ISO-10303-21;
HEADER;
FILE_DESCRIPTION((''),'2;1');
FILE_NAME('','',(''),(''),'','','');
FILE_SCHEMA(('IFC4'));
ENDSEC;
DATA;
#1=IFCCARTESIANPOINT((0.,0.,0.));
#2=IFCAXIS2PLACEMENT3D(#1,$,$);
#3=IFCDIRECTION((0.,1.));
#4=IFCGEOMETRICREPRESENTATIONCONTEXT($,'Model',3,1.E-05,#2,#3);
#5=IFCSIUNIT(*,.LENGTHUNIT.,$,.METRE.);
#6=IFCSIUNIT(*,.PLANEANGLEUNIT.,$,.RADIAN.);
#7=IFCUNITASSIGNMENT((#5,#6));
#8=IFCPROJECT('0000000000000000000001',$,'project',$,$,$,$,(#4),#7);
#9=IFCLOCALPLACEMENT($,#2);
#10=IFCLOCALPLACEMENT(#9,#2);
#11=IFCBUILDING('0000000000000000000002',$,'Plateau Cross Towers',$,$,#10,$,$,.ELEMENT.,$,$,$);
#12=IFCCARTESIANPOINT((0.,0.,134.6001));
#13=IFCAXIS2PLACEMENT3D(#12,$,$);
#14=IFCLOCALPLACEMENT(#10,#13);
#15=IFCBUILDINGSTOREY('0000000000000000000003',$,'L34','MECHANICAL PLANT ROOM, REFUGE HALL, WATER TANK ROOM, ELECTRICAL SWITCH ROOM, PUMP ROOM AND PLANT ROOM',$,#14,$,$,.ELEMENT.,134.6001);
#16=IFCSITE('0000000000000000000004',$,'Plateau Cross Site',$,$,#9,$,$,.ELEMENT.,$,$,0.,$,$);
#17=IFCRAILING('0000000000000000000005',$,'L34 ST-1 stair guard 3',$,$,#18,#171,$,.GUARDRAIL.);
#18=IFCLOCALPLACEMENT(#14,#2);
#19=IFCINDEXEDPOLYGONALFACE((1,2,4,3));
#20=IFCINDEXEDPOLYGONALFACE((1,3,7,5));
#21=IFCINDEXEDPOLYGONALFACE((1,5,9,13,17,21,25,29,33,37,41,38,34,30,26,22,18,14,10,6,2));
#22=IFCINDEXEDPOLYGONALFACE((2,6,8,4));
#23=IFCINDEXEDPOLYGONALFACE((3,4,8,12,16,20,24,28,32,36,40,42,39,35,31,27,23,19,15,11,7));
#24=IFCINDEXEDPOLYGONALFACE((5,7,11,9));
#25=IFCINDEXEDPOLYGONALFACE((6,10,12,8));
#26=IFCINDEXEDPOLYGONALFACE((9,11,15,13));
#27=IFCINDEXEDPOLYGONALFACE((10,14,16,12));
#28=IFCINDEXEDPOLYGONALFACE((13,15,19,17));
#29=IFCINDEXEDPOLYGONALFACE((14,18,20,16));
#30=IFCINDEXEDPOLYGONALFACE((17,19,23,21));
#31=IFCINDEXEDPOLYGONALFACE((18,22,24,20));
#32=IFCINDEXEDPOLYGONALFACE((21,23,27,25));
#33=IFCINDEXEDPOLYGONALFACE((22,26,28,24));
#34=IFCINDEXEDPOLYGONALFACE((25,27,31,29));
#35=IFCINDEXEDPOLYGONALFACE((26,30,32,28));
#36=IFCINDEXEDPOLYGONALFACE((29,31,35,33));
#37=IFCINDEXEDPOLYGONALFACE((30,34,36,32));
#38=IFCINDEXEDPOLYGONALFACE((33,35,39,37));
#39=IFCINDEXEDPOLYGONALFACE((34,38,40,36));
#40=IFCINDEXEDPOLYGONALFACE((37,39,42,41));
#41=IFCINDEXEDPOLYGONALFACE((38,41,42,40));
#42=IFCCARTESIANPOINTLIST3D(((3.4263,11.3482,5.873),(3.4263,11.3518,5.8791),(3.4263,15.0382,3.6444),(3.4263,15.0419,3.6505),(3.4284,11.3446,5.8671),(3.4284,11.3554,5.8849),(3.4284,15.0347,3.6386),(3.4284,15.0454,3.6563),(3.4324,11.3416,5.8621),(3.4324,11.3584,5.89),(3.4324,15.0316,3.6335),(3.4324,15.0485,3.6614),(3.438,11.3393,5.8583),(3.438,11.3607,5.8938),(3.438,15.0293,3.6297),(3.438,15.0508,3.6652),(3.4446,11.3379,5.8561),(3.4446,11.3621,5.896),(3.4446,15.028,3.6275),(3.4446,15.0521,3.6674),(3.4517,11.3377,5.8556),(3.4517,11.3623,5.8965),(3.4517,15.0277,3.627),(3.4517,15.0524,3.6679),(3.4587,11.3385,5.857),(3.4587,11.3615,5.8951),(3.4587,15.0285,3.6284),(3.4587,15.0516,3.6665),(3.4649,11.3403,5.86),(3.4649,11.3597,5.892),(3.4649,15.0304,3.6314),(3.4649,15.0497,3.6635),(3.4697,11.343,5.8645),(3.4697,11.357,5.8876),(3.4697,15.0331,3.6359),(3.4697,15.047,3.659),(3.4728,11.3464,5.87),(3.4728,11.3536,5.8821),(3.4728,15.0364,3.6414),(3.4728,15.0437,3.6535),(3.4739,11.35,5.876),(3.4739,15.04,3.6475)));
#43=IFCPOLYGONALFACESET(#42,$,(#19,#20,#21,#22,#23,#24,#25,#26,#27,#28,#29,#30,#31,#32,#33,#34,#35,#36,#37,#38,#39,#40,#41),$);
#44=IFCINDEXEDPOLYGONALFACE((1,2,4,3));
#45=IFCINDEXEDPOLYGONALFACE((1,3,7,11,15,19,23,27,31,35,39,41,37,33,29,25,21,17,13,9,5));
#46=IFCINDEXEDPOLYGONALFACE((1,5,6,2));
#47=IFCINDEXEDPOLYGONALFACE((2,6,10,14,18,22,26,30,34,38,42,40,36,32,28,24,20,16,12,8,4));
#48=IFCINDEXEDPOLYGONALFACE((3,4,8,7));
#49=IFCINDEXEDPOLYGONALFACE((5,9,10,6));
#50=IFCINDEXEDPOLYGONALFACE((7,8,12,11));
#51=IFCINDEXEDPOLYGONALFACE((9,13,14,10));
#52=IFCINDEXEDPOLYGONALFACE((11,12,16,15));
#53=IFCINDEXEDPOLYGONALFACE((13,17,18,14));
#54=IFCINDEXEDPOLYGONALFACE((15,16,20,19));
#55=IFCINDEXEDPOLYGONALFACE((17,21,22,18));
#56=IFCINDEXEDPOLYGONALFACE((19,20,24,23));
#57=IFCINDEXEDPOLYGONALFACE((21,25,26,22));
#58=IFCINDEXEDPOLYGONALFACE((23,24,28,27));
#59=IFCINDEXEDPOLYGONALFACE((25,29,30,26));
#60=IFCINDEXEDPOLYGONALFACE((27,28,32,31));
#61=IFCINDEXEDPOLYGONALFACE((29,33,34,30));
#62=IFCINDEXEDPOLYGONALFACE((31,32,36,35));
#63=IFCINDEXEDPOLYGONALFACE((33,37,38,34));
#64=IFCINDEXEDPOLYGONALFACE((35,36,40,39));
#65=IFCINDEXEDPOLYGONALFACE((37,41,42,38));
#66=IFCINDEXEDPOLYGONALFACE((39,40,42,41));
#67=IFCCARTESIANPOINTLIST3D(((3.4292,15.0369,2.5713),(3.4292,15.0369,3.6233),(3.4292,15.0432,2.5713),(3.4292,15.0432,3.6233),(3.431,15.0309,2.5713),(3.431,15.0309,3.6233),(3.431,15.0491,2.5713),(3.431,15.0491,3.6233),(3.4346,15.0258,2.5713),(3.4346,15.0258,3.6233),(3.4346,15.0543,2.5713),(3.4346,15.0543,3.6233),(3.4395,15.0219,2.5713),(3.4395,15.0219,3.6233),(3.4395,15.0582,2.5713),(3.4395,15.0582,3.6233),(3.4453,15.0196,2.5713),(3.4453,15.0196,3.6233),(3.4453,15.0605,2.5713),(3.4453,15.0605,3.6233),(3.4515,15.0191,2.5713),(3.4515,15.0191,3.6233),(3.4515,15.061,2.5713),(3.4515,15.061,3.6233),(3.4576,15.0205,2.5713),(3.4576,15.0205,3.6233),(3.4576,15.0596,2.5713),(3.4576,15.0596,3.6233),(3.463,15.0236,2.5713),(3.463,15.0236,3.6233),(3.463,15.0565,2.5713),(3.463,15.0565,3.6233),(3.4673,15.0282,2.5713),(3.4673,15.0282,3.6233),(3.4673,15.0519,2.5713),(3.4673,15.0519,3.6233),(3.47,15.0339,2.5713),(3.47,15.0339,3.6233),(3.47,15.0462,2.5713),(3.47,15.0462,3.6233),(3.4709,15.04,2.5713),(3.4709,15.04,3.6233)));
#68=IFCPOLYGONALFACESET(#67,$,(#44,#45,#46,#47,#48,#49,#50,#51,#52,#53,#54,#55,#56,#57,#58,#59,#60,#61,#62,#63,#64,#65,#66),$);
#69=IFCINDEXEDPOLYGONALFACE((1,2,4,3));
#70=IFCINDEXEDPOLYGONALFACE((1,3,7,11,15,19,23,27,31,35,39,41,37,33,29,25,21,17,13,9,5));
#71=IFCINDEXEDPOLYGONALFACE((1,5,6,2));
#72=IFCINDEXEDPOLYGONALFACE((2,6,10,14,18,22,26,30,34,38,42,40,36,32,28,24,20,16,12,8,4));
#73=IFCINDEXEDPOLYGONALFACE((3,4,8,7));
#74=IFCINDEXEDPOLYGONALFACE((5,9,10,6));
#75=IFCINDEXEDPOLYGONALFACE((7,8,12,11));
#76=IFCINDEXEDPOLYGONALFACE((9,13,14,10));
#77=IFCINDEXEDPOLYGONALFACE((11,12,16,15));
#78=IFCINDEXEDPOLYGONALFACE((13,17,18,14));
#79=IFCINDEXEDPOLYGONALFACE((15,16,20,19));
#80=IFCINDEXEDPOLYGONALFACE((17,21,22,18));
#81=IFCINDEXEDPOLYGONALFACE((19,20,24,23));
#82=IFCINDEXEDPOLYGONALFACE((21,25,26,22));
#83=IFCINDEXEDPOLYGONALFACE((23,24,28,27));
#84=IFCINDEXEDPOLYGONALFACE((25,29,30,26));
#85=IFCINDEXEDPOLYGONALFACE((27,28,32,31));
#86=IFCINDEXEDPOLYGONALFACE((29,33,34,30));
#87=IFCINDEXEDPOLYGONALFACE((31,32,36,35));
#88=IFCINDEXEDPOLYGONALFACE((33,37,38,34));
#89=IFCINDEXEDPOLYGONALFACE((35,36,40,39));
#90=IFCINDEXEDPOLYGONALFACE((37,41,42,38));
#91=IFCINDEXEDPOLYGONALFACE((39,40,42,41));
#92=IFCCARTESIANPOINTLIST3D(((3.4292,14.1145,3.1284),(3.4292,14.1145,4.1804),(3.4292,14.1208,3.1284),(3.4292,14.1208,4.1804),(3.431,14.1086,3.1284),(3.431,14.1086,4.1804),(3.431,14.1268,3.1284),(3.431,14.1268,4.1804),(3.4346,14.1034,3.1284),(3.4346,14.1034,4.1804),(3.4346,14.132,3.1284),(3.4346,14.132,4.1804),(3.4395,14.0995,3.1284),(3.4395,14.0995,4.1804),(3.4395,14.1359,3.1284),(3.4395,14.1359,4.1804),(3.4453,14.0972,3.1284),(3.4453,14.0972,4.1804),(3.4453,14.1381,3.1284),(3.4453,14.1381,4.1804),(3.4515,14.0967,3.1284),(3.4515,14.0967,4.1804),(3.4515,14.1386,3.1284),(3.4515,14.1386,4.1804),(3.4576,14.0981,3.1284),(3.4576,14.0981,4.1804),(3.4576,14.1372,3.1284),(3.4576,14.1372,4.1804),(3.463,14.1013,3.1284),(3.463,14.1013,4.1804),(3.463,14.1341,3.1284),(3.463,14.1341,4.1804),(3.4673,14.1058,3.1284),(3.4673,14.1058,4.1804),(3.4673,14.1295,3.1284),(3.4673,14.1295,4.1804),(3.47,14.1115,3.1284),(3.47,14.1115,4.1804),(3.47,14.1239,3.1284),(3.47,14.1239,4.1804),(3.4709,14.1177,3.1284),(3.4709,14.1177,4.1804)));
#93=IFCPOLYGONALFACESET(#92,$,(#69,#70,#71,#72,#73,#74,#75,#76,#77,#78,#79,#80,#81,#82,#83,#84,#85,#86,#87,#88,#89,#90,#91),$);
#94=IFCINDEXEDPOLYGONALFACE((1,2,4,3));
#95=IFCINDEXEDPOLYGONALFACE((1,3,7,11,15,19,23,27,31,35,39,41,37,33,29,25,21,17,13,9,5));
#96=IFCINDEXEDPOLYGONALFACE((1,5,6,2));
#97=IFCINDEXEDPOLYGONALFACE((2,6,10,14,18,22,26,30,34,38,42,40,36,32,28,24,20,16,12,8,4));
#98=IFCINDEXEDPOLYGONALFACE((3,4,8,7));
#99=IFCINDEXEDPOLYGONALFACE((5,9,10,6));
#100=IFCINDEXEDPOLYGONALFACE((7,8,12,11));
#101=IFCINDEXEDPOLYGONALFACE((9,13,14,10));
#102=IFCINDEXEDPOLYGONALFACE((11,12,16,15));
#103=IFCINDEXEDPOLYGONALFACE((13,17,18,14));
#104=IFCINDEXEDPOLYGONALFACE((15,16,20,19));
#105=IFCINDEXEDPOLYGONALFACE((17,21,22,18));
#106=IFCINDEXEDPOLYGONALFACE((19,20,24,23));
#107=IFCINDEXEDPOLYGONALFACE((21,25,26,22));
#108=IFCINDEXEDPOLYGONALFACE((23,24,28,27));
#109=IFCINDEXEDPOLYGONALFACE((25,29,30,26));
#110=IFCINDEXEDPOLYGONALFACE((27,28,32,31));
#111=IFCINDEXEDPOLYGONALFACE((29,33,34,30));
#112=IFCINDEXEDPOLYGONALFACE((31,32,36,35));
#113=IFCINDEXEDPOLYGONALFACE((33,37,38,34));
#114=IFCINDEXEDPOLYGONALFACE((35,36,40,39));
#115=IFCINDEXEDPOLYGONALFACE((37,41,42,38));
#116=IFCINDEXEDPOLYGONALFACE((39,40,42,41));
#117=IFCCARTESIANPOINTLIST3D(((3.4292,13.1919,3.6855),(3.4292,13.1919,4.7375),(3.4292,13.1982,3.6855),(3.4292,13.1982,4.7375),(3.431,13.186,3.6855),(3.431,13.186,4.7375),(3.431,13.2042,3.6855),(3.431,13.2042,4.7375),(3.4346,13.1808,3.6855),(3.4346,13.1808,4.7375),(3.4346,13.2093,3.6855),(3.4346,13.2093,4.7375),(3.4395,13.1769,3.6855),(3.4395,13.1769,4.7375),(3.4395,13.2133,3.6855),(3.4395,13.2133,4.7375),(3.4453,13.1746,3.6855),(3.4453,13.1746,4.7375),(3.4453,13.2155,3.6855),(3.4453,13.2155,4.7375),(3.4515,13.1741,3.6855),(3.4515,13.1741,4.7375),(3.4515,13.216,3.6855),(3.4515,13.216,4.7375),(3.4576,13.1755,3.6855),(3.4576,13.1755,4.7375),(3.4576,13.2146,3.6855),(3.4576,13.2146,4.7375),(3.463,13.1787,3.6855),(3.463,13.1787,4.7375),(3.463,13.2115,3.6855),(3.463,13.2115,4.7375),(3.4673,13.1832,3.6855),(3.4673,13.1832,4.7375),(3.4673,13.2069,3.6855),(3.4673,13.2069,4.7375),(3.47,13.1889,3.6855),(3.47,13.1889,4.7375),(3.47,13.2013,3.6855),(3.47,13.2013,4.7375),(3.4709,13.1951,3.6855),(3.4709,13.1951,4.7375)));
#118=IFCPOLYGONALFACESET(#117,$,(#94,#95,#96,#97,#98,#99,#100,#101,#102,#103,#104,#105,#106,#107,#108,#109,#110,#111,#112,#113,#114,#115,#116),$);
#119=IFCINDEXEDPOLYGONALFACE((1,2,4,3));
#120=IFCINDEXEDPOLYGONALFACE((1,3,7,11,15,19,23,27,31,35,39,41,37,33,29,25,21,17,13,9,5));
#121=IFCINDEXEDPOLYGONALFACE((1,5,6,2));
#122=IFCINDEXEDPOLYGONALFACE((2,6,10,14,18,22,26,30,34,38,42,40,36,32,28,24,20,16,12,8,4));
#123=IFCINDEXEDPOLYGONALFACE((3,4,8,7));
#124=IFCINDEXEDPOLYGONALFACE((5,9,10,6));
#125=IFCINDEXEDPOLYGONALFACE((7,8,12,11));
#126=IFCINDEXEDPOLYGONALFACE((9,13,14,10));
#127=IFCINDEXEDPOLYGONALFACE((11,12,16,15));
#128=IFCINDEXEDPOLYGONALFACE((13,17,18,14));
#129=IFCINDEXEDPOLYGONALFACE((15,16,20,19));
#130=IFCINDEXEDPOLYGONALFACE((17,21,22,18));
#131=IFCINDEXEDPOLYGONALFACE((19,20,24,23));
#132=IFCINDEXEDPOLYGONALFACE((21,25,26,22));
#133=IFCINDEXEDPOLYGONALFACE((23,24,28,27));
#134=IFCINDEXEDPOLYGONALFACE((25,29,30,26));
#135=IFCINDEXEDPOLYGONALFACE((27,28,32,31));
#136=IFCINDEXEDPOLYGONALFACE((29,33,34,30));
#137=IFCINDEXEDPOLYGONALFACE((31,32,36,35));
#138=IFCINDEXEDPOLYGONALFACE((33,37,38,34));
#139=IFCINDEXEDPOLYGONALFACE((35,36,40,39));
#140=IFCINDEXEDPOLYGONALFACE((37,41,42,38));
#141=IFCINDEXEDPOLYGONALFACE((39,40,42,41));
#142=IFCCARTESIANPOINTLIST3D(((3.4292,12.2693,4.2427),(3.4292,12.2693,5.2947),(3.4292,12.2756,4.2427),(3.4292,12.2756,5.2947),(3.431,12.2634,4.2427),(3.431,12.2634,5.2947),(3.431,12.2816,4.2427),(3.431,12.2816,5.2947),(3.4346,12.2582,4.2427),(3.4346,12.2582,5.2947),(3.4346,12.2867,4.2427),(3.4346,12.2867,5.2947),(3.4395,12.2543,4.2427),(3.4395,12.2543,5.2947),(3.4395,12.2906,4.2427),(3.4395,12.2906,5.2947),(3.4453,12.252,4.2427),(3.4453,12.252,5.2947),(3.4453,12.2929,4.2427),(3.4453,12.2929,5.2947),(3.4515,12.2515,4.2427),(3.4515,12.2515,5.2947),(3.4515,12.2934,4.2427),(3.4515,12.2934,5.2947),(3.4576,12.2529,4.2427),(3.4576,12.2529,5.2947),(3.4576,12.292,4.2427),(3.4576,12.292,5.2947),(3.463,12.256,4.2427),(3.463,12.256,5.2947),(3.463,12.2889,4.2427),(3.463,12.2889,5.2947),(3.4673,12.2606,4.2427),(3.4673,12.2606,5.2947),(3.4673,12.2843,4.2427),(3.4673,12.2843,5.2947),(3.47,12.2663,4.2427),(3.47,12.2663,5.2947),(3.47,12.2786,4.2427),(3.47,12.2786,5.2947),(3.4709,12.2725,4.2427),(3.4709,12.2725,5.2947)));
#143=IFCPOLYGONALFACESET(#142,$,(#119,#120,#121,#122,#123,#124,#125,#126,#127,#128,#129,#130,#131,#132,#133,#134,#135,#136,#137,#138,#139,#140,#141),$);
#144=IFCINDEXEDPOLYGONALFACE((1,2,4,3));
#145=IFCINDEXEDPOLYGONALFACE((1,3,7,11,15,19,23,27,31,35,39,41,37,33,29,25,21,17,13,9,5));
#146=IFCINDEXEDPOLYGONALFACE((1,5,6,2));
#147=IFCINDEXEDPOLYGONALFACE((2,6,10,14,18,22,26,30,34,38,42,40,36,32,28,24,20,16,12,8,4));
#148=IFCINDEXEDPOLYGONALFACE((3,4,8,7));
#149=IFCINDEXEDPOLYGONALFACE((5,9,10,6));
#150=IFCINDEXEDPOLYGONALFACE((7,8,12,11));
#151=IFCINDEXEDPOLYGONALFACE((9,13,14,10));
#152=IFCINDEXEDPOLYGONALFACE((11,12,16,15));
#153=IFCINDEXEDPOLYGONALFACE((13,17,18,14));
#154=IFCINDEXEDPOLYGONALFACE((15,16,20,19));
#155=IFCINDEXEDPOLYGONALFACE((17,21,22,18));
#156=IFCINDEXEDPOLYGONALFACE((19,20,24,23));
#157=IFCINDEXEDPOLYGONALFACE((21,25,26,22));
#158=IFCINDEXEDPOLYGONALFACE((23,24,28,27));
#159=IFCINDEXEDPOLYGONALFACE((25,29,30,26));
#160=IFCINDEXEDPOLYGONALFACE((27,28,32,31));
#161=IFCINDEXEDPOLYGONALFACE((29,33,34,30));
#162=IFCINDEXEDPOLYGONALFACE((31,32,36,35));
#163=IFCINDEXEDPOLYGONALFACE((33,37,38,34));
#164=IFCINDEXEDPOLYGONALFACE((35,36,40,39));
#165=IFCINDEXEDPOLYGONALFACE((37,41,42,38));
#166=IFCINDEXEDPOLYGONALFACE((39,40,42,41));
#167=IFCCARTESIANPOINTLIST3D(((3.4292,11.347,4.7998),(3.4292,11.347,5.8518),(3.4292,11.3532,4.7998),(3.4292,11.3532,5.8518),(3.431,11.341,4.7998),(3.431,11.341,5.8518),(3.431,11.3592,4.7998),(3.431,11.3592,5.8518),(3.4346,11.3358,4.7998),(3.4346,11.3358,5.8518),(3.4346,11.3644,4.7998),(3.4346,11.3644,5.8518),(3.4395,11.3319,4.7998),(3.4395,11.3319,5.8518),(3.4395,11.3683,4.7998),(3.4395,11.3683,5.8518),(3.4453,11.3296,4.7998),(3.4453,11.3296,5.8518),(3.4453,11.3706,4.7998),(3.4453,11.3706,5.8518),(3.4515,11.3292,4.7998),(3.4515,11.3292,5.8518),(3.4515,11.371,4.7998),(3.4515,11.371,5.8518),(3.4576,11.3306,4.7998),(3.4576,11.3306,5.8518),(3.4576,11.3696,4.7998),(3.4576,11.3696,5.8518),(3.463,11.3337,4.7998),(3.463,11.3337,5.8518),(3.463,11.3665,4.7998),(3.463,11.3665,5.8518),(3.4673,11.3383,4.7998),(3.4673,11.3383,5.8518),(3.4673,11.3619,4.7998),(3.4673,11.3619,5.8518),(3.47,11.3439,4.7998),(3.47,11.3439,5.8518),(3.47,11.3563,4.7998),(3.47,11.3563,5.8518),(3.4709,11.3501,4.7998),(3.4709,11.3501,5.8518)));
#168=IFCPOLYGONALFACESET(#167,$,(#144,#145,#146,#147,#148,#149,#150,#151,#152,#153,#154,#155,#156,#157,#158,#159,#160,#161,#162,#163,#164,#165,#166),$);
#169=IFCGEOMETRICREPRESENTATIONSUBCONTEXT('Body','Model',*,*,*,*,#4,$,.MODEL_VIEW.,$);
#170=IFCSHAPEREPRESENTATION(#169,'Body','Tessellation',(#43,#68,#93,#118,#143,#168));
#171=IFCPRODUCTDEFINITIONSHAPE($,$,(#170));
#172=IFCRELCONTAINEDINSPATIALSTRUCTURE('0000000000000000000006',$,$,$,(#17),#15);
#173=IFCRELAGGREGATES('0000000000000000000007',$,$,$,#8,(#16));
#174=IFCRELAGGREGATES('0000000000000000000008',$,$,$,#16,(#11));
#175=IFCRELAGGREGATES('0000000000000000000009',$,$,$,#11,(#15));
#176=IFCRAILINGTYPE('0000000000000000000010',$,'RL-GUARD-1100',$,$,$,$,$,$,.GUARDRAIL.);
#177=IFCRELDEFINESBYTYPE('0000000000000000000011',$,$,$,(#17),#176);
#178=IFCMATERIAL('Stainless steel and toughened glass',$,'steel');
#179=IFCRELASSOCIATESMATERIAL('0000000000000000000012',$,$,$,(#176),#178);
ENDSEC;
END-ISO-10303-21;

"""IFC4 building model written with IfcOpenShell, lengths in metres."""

from ifc_helpers import new_model, si_unit, direction, frame, origin, origin_2d, place, context, subcontext, project, spatial, circle, extrude, material, type_object, element, save


model = new_model("IFC4")

# Units and contexts
model_context = context("Model", 3, precision=1e-05, world=origin(), true_north=direction((0.0, 1.0)))
body_context = subcontext(model_context, "Body", "Model", "MODEL_VIEW")
ifc_project = project(units=[si_unit("LENGTHUNIT", "METRE"), si_unit("PLANEANGLEUNIT", "RADIAN")], contexts=[model_context])

# Site, building, storey
site_placement = place(None, origin())
site = spatial("IfcSite", under=ifc_project, at=site_placement, Name="Plateau Cross Site", CompositionType="ELEMENT", RefElevation=0.0)
building_placement = place(site_placement, origin())
building = spatial("IfcBuilding", under=site, at=building_placement, Name="Plateau Cross Towers", CompositionType="ELEMENT")
storey_placement = place(building_placement, frame((0.0, 0.0, 134.6001)))
storey = spatial("IfcBuildingStorey", under=building, at=storey_placement, Name="L34", Description="MECHANICAL PLANT ROOM, REFUGE HALL, WATER TANK ROOM, ELECTRICAL SWITCH ROOM, PUMP ROOM AND PLANT ROOM", CompositionType="ELEMENT", Elevation=134.6001)

# Railing
ifc_material_1 = material(Name="Stainless steel and toughened glass", Category="steel")
railing_type_1 = type_object("IfcRailingType", Name="RL-GUARD-1100", PredefinedType="GUARDRAIL", material=ifc_material_1)
railing_1_placement = place(storey_placement, frame((3.45, 15.04, 2.5713)))
element("IfcRailing", 1, at=railing_1_placement, inside=storey, type_object=railing_type_1, Name="L34 ST-1 stair guard 3", PredefinedType="GUARDRAIL", context=body_context, shape_type="SweptSolid", body=[
    extrude(circle(Radius=0.0239, at=origin_2d()), frame((0.0, 0.0, 1.0762), z_axis=(0.0, -0.856, 0.516976), x_axis=(1.0, 0.0, 0.0)), (0.0, 0.0, 1.0), 4.3108),
    extrude(circle(Radius=0.021, at=origin_2d()), origin(), (0.0, 0.0, 1.0), 1.052),
    extrude(circle(Radius=0.021, at=origin_2d()), frame((0.0, -0.9224, 0.5571)), (0.0, 0.0, 1.0), 1.052),
    extrude(circle(Radius=0.021, at=origin_2d()), frame((0.0, -1.845, 1.1143)), (0.0, 0.0, 1.0), 1.052),
    extrude(circle(Radius=0.021, at=origin_2d()), frame((0.0, -2.7676, 1.6714)), (0.0, 0.0, 1.0), 1.052),
    extrude(circle(Radius=0.021, at=origin_2d()), frame((0.0, -3.6899, 2.2285)), (0.0, 0.0, 1.0), 1.052),
])

save(model, "model.ifc")
